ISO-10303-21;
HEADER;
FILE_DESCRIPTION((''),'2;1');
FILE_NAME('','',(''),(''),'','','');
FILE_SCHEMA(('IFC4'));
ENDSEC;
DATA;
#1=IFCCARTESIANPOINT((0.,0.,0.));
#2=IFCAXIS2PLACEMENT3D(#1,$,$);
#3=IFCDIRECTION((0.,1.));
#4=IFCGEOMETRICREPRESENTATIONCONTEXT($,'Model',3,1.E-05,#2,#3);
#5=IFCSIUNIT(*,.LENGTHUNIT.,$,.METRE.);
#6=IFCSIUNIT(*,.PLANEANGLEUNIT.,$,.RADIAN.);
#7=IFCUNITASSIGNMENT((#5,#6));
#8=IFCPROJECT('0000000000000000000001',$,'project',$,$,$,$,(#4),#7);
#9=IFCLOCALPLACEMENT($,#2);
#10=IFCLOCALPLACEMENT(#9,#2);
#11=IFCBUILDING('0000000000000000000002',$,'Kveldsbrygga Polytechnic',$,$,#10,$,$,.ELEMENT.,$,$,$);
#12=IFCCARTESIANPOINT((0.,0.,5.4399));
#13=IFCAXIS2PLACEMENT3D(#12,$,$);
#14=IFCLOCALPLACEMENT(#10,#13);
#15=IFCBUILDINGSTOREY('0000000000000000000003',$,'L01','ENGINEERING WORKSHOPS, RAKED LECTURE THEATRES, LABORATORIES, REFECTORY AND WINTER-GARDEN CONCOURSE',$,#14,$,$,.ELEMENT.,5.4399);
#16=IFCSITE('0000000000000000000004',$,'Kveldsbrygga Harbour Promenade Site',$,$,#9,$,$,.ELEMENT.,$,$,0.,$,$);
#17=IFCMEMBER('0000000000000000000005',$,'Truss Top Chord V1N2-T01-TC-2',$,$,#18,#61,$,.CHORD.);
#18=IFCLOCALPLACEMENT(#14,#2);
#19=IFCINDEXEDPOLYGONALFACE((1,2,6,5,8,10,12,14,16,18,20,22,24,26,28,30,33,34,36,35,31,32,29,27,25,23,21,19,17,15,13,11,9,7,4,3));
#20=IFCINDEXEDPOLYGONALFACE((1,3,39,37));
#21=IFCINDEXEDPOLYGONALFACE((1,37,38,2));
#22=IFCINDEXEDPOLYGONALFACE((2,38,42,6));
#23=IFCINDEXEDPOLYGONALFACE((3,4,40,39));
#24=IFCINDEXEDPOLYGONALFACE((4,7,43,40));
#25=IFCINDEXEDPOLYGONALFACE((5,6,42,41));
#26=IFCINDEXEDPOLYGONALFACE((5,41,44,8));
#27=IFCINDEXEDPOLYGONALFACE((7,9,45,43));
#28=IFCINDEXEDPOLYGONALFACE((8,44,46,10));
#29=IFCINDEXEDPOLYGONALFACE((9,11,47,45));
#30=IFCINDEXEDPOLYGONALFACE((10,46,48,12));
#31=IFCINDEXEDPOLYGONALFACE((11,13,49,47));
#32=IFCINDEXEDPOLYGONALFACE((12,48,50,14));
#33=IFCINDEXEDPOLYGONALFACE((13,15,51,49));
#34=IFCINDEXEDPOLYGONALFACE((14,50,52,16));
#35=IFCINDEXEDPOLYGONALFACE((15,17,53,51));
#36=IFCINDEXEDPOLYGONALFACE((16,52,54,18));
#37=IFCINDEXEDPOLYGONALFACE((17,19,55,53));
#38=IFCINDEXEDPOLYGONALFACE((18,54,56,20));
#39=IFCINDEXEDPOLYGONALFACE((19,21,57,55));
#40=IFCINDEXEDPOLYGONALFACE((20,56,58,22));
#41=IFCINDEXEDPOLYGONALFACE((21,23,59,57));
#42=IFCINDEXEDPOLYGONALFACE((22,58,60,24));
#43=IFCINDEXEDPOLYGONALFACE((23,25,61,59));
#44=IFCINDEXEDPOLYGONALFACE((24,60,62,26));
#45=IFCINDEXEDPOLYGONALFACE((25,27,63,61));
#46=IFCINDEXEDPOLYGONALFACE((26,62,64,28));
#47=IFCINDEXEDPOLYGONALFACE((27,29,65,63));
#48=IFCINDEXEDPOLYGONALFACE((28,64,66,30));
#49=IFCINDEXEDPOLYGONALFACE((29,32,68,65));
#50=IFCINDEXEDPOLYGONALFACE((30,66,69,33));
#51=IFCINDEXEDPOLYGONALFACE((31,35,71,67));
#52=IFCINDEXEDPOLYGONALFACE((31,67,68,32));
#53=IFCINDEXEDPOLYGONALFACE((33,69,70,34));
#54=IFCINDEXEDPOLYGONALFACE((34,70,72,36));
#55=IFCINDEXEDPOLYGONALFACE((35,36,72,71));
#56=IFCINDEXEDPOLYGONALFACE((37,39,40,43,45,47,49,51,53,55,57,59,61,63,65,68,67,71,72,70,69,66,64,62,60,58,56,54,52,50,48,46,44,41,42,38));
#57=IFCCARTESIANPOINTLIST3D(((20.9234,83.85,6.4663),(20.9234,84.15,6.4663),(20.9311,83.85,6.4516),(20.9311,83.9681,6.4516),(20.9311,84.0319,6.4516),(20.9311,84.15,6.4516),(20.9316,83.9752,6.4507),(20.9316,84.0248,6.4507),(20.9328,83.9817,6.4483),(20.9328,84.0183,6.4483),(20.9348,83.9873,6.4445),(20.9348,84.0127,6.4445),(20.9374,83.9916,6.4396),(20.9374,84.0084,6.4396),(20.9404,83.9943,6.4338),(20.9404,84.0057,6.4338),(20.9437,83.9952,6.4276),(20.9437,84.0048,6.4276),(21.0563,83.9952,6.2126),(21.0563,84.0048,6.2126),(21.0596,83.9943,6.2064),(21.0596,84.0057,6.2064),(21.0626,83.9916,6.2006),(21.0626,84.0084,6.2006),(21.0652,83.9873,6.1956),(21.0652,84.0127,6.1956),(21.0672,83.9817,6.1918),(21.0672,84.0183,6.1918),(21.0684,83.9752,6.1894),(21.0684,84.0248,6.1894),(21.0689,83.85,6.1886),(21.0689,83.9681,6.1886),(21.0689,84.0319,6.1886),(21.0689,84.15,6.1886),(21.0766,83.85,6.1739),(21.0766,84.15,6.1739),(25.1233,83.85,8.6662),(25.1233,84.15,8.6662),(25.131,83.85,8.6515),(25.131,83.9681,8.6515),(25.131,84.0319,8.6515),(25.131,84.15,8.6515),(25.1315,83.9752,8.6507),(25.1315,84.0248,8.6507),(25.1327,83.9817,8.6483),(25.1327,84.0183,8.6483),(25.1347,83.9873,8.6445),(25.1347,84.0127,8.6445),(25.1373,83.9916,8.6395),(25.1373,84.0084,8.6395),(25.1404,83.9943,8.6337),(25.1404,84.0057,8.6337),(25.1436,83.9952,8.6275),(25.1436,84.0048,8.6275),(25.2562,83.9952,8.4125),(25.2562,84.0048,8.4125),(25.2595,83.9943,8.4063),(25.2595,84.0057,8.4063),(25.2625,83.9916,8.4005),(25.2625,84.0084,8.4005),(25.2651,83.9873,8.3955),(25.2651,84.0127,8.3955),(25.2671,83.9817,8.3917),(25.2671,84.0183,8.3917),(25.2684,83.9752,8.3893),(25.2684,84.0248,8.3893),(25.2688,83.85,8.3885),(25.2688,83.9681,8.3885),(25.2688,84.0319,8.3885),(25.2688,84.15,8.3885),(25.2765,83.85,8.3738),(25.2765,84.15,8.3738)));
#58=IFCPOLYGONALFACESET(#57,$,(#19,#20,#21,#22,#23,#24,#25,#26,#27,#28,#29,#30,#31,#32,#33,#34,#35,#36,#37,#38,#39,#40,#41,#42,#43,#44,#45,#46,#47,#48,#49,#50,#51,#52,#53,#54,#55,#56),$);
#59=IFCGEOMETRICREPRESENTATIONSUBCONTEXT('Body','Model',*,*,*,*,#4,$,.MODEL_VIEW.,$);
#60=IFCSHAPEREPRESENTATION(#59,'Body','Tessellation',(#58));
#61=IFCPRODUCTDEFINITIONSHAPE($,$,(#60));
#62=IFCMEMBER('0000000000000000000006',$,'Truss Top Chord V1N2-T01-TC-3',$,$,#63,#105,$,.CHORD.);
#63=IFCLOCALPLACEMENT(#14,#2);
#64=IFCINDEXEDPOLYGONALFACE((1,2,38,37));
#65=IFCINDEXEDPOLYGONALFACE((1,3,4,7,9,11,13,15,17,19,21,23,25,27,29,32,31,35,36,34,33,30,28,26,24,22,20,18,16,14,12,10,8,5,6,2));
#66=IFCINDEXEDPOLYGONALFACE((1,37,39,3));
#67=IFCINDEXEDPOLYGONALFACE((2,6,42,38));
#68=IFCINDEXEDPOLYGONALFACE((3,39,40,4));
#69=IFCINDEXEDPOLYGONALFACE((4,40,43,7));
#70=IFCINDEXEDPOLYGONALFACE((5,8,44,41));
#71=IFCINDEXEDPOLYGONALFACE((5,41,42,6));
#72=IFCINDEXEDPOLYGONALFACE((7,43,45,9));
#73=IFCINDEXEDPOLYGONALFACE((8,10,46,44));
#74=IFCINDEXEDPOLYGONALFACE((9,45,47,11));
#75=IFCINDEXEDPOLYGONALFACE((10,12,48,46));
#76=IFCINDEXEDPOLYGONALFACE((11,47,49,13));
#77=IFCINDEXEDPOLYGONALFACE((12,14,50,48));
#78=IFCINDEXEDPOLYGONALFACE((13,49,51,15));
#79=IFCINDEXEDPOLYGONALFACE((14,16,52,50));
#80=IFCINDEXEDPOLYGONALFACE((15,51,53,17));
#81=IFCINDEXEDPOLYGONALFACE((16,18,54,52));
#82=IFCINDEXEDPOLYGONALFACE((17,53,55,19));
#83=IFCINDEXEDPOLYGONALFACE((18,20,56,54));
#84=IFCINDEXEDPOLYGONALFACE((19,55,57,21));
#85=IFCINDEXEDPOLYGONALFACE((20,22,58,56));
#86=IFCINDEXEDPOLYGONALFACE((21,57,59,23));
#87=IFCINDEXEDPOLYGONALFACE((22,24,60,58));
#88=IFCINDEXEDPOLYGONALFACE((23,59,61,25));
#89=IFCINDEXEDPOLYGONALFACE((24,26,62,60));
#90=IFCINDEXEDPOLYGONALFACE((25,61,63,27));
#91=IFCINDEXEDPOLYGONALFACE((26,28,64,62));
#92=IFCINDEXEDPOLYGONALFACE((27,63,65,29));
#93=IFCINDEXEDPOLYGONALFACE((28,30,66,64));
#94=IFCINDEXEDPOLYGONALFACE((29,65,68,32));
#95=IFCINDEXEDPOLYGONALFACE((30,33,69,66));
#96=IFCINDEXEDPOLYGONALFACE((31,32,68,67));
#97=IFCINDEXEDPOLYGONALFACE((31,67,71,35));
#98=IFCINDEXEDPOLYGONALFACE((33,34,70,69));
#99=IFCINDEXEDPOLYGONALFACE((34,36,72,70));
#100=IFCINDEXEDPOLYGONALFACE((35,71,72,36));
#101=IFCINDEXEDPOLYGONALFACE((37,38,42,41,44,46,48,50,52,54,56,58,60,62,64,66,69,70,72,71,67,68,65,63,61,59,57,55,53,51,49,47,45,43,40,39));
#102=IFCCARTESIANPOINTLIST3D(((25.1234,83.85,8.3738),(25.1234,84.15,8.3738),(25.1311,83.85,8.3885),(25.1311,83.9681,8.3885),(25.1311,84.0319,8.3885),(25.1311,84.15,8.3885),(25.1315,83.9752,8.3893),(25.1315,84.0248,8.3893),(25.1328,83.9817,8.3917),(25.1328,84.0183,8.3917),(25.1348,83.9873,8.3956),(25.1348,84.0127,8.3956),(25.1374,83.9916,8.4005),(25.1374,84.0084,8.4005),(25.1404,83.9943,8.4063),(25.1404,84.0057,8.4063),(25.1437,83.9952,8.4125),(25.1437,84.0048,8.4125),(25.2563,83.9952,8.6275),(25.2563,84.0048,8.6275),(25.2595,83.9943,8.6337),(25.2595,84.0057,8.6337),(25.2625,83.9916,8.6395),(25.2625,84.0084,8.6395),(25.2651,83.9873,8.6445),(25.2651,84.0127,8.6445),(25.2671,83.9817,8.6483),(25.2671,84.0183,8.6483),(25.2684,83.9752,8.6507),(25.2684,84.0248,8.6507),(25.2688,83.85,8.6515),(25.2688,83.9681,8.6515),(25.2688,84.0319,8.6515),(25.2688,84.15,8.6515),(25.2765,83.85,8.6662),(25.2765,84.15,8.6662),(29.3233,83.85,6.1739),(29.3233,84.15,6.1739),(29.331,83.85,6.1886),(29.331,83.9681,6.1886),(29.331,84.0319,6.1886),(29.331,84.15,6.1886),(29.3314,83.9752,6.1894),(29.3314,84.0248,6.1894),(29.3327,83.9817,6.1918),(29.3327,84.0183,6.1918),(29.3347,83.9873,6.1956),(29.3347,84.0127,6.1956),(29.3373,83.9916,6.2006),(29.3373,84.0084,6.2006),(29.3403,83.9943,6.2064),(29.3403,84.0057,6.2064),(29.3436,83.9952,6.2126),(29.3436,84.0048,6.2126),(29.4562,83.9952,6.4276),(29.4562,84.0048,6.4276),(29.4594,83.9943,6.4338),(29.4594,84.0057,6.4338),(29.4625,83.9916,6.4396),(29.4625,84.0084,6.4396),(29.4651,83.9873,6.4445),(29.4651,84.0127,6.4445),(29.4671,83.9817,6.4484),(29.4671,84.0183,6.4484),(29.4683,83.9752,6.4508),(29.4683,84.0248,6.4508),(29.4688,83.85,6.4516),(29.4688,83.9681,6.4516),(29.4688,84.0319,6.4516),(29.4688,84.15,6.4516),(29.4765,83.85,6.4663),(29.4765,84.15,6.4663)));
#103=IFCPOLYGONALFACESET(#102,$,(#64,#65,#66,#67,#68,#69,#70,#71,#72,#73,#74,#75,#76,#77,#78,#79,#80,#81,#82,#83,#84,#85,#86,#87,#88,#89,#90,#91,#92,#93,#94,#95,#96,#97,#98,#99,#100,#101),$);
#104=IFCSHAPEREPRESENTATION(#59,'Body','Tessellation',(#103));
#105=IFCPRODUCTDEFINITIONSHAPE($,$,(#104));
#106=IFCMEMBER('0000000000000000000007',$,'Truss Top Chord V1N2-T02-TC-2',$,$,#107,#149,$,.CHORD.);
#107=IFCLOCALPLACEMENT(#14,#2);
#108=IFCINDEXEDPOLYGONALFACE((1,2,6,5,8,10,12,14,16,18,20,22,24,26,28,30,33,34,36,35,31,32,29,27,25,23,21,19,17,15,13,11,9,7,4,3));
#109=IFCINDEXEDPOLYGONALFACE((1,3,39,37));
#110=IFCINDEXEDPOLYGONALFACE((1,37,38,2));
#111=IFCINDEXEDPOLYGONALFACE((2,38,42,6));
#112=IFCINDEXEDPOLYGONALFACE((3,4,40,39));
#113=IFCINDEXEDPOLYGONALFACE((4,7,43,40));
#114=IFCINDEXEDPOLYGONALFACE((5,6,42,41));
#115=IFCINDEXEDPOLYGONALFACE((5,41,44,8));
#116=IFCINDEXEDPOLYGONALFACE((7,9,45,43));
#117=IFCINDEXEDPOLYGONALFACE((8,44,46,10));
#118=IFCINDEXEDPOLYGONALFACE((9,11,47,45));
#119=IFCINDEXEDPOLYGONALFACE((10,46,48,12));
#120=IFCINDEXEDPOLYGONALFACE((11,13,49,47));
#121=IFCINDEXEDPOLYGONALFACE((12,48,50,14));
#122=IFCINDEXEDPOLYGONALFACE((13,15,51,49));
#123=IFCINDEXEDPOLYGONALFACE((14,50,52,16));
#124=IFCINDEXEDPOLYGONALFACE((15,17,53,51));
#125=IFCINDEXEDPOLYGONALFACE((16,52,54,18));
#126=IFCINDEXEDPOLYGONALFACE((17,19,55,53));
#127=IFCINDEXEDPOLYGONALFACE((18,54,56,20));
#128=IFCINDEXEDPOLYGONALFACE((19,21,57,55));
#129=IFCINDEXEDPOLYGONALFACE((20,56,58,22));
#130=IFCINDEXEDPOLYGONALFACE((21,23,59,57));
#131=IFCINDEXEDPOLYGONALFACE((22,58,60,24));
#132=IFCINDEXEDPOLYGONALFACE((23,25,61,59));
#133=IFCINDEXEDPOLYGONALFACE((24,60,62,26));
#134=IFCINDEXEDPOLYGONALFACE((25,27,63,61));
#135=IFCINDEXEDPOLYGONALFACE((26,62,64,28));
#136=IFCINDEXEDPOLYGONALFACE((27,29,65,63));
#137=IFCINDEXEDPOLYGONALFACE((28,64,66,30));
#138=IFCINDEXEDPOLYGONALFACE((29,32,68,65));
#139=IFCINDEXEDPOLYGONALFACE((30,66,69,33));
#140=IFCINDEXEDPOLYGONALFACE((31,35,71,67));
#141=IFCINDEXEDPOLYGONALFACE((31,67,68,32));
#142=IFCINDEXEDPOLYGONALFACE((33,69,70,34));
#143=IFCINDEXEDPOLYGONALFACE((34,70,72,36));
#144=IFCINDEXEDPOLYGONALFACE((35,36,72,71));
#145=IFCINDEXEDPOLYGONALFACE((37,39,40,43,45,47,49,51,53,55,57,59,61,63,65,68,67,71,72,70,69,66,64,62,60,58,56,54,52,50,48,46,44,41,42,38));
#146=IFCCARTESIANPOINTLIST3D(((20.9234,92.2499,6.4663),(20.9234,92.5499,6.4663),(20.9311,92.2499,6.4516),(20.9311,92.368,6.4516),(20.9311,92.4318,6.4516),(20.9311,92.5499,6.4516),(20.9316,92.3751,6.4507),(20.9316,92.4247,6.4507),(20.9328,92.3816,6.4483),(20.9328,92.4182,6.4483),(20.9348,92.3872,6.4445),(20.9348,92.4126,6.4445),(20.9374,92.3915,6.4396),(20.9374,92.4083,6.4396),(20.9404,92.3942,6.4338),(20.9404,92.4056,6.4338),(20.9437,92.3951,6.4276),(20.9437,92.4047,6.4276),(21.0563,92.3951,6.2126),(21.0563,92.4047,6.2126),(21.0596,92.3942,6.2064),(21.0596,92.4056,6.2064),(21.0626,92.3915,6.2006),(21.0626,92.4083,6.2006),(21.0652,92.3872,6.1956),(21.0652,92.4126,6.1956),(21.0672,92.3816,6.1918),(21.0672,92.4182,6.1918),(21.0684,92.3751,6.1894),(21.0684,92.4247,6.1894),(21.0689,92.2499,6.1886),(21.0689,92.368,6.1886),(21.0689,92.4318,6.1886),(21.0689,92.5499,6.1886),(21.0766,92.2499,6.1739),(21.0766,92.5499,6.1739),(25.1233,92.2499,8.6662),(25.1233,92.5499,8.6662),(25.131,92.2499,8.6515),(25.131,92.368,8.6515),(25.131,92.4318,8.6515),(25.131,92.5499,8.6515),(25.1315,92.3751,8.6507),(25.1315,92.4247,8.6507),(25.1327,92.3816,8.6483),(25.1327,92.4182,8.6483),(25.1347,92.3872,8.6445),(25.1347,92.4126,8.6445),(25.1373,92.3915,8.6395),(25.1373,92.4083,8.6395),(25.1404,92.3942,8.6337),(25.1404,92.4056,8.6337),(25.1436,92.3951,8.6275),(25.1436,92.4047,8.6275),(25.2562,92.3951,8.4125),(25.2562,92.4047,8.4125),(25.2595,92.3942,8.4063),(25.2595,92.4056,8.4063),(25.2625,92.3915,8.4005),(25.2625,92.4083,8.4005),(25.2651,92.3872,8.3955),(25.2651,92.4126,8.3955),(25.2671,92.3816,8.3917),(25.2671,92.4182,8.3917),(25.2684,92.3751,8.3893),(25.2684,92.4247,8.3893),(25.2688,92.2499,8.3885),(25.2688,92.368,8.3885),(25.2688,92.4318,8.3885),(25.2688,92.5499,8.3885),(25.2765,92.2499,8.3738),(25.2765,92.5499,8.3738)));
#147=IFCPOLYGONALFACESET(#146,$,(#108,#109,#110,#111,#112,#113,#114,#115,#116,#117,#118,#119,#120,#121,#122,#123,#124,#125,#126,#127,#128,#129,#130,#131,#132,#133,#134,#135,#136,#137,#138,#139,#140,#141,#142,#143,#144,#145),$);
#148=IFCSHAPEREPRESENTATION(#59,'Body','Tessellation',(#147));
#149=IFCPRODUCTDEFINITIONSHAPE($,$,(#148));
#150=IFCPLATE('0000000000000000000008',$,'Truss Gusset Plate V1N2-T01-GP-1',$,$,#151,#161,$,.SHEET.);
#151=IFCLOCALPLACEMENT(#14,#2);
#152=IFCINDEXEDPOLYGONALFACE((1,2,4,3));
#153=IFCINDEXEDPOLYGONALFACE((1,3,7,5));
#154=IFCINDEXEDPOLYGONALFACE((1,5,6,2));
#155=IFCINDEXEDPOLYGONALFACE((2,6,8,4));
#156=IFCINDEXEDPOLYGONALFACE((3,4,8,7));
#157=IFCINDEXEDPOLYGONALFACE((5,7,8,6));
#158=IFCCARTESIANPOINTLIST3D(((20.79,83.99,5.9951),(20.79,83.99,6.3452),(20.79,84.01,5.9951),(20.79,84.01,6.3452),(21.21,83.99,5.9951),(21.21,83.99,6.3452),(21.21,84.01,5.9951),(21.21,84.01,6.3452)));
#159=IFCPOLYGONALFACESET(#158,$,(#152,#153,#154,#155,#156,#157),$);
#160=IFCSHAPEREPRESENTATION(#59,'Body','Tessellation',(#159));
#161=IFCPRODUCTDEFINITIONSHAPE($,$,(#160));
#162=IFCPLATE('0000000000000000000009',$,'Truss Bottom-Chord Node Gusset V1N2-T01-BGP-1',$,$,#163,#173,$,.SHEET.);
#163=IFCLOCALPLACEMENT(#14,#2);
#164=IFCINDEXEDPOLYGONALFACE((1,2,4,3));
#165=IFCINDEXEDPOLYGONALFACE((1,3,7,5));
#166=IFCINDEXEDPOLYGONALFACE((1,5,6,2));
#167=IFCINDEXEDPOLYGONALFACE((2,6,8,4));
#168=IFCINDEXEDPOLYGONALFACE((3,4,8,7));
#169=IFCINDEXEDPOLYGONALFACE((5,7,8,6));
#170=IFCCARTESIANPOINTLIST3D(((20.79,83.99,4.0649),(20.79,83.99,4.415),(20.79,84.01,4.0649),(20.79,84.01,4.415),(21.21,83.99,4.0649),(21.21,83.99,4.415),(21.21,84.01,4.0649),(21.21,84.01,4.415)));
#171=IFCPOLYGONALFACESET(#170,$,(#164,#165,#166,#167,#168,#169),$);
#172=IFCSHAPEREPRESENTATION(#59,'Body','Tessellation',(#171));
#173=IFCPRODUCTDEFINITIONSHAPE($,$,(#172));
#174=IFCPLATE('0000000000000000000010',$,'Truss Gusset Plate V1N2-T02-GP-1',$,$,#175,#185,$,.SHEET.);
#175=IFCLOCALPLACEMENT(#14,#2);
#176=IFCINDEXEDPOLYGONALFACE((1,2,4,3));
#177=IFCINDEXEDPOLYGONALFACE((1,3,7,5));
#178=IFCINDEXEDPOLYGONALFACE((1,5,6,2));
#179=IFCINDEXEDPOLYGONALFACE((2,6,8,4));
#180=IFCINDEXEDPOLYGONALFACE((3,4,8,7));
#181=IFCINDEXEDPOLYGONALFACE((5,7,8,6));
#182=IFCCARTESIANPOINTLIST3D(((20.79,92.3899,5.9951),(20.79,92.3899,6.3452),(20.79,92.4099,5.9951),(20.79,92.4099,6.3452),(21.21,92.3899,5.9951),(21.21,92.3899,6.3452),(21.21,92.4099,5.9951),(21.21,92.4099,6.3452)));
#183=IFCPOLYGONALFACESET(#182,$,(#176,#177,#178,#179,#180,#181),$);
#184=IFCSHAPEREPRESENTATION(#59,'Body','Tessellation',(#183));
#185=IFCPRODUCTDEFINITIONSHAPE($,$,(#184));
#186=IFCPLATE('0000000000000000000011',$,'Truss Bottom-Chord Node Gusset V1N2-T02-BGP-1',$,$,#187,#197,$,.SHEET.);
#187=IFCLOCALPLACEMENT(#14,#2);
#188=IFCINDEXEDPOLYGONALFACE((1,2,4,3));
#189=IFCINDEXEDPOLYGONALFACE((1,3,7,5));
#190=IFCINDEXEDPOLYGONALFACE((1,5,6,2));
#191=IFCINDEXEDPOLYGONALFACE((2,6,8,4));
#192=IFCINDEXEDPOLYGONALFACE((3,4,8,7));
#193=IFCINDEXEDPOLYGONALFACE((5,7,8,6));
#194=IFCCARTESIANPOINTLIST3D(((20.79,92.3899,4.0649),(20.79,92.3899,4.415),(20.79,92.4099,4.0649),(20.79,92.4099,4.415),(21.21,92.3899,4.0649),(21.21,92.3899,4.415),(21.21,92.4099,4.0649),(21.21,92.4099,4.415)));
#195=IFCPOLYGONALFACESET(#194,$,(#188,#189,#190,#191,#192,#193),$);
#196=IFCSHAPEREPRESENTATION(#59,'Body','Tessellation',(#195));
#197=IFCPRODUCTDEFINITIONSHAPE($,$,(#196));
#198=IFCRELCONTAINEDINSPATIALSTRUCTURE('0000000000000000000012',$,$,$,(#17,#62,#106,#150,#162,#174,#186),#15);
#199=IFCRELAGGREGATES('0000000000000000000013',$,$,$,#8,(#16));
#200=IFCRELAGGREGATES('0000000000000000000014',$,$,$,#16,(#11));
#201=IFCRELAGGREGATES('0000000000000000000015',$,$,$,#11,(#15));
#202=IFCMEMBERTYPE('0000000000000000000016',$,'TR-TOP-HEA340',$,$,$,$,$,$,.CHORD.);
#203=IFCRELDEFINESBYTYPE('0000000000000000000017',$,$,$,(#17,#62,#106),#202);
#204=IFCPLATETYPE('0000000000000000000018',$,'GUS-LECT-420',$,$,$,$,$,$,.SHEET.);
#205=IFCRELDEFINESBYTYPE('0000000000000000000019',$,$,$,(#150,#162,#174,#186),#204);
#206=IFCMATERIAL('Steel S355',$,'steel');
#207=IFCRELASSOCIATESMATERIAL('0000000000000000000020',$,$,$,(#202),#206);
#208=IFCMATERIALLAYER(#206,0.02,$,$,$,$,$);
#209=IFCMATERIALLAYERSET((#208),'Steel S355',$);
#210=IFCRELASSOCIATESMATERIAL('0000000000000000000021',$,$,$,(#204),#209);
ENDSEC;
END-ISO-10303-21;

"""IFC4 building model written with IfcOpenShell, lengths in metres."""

from ifc_helpers import new_model, si_unit, direction, frame, origin, origin_2d, place, context, subcontext, project, spatial, rectangle, i_section, extrude, material, layer, layer_set, material_profile, profile_set, type_object, element, save


model = new_model("IFC4")

# Units and contexts
model_context = context("Model", 3, precision=1e-05, world=origin(), true_north=direction((0.0, 1.0)))
body_context = subcontext(model_context, "Body", "Model", "MODEL_VIEW")
ifc_project = project(units=[si_unit("LENGTHUNIT", "METRE"), si_unit("PLANEANGLEUNIT", "RADIAN")], contexts=[model_context])

# Site, building, storey
site_placement = place(None, origin())
site = spatial("IfcSite", under=ifc_project, at=site_placement, Name="Kveldsbrygga Harbour Promenade Site", CompositionType="ELEMENT", RefElevation=0.0)
building_placement = place(site_placement, origin())
building = spatial("IfcBuilding", under=site, at=building_placement, Name="Kveldsbrygga Polytechnic", CompositionType="ELEMENT")
storey_placement = place(building_placement, frame((0.0, 0.0, 5.4399)))
storey = spatial("IfcBuildingStorey", under=building, at=storey_placement, Name="L01", Description="ENGINEERING WORKSHOPS, RAKED LECTURE THEATRES, LABORATORIES, REFECTORY AND WINTER-GARDEN CONCOURSE", CompositionType="ELEMENT", Elevation=5.4399)

# Shared definitions
ifc_material_1 = material(Name="Steel S355", Category="steel")

# Members
ifc_material_profile_1 = material_profile(ifc_material_1, i_section(OverallWidth=0.3, OverallDepth=0.3301, WebThickness=0.0095, FlangeThickness=0.0166, FilletRadius=0.0271, at=origin_2d()), Name="HEA 340")
ifc_profile_set_1 = profile_set([ifc_material_profile_1], Name="Steel S355")
member_type_1 = type_object("IfcMemberType", Name="TR-TOP-HEA340", PredefinedType="CHORD", material=ifc_profile_set_1)
for number, where, z_axis, x_axis, name in (
    (1, (21.0, 84.0, 6.3201), (0.885834, 0.0, 0.464003), (0.0, 1.0, 0.0), "Truss Top Chord V1N2-T01-TC-2"),
    (2, (25.2, 84.0, 8.52), (0.885834, 0.0, -0.464003), (0.0, 1.0, 0.0), "Truss Top Chord V1N2-T01-TC-3"),
    (3, (21.0, 92.3999, 6.3201), (0.885834, 0.0, 0.464003), (0.0, 1.0, 0.0), "Truss Top Chord V1N2-T02-TC-2"),
):
    element("IfcMember", number, at=place(storey_placement, frame(where, z_axis=z_axis, x_axis=x_axis)), inside=storey, type_object=member_type_1, Name=name, PredefinedType="CHORD", context=body_context, shape_type="SweptSolid", body=[
        extrude(i_section(OverallWidth=0.3, OverallDepth=0.3301, WebThickness=0.0095, FlangeThickness=0.0166, FilletRadius=0.0271, at=origin_2d()), origin(), (0.0, 0.0, 1.0), 4.7412),
    ])

# Plates
ifc_layer_1 = layer(ifc_material_1, 0.02)
ifc_layer_set_1 = layer_set([ifc_layer_1], Name="Steel S355")
plate_type = type_object("IfcPlateType", Name="GUS-LECT-420", PredefinedType="SHEET", material=ifc_layer_set_1)
for number, where, z_axis, x_axis, name in (
    (4, (21.0, 84.0, 5.9951), (0.0, 0.0, 1.0), (1.0, 0.0, 0.0), "Truss Gusset Plate V1N2-T01-GP-1"),
    (5, (21.0, 84.0, 4.0649), (0.0, 0.0, 1.0), (1.0, 0.0, 0.0), "Truss Bottom-Chord Node Gusset V1N2-T01-BGP-1"),
    (6, (21.0, 92.3999, 5.9951), (0.0, 0.0, 1.0), (1.0, 0.0, 0.0), "Truss Gusset Plate V1N2-T02-GP-1"),
    (7, (21.0, 92.3999, 4.0649), (0.0, 0.0, 1.0), (1.0, 0.0, 0.0), "Truss Bottom-Chord Node Gusset V1N2-T02-BGP-1"),
):
    element("IfcPlate", number, at=place(storey_placement, frame(where, z_axis=z_axis, x_axis=x_axis)), inside=storey, type_object=plate_type, Name=name, PredefinedType="SHEET", context=body_context, shape_type="SweptSolid", body=[
        extrude(rectangle(XDim=0.4199, YDim=0.02, at=origin_2d()), origin(), (0.0, 0.0, 1.0), 0.3501),
    ])

save(model, "model.ifc")
